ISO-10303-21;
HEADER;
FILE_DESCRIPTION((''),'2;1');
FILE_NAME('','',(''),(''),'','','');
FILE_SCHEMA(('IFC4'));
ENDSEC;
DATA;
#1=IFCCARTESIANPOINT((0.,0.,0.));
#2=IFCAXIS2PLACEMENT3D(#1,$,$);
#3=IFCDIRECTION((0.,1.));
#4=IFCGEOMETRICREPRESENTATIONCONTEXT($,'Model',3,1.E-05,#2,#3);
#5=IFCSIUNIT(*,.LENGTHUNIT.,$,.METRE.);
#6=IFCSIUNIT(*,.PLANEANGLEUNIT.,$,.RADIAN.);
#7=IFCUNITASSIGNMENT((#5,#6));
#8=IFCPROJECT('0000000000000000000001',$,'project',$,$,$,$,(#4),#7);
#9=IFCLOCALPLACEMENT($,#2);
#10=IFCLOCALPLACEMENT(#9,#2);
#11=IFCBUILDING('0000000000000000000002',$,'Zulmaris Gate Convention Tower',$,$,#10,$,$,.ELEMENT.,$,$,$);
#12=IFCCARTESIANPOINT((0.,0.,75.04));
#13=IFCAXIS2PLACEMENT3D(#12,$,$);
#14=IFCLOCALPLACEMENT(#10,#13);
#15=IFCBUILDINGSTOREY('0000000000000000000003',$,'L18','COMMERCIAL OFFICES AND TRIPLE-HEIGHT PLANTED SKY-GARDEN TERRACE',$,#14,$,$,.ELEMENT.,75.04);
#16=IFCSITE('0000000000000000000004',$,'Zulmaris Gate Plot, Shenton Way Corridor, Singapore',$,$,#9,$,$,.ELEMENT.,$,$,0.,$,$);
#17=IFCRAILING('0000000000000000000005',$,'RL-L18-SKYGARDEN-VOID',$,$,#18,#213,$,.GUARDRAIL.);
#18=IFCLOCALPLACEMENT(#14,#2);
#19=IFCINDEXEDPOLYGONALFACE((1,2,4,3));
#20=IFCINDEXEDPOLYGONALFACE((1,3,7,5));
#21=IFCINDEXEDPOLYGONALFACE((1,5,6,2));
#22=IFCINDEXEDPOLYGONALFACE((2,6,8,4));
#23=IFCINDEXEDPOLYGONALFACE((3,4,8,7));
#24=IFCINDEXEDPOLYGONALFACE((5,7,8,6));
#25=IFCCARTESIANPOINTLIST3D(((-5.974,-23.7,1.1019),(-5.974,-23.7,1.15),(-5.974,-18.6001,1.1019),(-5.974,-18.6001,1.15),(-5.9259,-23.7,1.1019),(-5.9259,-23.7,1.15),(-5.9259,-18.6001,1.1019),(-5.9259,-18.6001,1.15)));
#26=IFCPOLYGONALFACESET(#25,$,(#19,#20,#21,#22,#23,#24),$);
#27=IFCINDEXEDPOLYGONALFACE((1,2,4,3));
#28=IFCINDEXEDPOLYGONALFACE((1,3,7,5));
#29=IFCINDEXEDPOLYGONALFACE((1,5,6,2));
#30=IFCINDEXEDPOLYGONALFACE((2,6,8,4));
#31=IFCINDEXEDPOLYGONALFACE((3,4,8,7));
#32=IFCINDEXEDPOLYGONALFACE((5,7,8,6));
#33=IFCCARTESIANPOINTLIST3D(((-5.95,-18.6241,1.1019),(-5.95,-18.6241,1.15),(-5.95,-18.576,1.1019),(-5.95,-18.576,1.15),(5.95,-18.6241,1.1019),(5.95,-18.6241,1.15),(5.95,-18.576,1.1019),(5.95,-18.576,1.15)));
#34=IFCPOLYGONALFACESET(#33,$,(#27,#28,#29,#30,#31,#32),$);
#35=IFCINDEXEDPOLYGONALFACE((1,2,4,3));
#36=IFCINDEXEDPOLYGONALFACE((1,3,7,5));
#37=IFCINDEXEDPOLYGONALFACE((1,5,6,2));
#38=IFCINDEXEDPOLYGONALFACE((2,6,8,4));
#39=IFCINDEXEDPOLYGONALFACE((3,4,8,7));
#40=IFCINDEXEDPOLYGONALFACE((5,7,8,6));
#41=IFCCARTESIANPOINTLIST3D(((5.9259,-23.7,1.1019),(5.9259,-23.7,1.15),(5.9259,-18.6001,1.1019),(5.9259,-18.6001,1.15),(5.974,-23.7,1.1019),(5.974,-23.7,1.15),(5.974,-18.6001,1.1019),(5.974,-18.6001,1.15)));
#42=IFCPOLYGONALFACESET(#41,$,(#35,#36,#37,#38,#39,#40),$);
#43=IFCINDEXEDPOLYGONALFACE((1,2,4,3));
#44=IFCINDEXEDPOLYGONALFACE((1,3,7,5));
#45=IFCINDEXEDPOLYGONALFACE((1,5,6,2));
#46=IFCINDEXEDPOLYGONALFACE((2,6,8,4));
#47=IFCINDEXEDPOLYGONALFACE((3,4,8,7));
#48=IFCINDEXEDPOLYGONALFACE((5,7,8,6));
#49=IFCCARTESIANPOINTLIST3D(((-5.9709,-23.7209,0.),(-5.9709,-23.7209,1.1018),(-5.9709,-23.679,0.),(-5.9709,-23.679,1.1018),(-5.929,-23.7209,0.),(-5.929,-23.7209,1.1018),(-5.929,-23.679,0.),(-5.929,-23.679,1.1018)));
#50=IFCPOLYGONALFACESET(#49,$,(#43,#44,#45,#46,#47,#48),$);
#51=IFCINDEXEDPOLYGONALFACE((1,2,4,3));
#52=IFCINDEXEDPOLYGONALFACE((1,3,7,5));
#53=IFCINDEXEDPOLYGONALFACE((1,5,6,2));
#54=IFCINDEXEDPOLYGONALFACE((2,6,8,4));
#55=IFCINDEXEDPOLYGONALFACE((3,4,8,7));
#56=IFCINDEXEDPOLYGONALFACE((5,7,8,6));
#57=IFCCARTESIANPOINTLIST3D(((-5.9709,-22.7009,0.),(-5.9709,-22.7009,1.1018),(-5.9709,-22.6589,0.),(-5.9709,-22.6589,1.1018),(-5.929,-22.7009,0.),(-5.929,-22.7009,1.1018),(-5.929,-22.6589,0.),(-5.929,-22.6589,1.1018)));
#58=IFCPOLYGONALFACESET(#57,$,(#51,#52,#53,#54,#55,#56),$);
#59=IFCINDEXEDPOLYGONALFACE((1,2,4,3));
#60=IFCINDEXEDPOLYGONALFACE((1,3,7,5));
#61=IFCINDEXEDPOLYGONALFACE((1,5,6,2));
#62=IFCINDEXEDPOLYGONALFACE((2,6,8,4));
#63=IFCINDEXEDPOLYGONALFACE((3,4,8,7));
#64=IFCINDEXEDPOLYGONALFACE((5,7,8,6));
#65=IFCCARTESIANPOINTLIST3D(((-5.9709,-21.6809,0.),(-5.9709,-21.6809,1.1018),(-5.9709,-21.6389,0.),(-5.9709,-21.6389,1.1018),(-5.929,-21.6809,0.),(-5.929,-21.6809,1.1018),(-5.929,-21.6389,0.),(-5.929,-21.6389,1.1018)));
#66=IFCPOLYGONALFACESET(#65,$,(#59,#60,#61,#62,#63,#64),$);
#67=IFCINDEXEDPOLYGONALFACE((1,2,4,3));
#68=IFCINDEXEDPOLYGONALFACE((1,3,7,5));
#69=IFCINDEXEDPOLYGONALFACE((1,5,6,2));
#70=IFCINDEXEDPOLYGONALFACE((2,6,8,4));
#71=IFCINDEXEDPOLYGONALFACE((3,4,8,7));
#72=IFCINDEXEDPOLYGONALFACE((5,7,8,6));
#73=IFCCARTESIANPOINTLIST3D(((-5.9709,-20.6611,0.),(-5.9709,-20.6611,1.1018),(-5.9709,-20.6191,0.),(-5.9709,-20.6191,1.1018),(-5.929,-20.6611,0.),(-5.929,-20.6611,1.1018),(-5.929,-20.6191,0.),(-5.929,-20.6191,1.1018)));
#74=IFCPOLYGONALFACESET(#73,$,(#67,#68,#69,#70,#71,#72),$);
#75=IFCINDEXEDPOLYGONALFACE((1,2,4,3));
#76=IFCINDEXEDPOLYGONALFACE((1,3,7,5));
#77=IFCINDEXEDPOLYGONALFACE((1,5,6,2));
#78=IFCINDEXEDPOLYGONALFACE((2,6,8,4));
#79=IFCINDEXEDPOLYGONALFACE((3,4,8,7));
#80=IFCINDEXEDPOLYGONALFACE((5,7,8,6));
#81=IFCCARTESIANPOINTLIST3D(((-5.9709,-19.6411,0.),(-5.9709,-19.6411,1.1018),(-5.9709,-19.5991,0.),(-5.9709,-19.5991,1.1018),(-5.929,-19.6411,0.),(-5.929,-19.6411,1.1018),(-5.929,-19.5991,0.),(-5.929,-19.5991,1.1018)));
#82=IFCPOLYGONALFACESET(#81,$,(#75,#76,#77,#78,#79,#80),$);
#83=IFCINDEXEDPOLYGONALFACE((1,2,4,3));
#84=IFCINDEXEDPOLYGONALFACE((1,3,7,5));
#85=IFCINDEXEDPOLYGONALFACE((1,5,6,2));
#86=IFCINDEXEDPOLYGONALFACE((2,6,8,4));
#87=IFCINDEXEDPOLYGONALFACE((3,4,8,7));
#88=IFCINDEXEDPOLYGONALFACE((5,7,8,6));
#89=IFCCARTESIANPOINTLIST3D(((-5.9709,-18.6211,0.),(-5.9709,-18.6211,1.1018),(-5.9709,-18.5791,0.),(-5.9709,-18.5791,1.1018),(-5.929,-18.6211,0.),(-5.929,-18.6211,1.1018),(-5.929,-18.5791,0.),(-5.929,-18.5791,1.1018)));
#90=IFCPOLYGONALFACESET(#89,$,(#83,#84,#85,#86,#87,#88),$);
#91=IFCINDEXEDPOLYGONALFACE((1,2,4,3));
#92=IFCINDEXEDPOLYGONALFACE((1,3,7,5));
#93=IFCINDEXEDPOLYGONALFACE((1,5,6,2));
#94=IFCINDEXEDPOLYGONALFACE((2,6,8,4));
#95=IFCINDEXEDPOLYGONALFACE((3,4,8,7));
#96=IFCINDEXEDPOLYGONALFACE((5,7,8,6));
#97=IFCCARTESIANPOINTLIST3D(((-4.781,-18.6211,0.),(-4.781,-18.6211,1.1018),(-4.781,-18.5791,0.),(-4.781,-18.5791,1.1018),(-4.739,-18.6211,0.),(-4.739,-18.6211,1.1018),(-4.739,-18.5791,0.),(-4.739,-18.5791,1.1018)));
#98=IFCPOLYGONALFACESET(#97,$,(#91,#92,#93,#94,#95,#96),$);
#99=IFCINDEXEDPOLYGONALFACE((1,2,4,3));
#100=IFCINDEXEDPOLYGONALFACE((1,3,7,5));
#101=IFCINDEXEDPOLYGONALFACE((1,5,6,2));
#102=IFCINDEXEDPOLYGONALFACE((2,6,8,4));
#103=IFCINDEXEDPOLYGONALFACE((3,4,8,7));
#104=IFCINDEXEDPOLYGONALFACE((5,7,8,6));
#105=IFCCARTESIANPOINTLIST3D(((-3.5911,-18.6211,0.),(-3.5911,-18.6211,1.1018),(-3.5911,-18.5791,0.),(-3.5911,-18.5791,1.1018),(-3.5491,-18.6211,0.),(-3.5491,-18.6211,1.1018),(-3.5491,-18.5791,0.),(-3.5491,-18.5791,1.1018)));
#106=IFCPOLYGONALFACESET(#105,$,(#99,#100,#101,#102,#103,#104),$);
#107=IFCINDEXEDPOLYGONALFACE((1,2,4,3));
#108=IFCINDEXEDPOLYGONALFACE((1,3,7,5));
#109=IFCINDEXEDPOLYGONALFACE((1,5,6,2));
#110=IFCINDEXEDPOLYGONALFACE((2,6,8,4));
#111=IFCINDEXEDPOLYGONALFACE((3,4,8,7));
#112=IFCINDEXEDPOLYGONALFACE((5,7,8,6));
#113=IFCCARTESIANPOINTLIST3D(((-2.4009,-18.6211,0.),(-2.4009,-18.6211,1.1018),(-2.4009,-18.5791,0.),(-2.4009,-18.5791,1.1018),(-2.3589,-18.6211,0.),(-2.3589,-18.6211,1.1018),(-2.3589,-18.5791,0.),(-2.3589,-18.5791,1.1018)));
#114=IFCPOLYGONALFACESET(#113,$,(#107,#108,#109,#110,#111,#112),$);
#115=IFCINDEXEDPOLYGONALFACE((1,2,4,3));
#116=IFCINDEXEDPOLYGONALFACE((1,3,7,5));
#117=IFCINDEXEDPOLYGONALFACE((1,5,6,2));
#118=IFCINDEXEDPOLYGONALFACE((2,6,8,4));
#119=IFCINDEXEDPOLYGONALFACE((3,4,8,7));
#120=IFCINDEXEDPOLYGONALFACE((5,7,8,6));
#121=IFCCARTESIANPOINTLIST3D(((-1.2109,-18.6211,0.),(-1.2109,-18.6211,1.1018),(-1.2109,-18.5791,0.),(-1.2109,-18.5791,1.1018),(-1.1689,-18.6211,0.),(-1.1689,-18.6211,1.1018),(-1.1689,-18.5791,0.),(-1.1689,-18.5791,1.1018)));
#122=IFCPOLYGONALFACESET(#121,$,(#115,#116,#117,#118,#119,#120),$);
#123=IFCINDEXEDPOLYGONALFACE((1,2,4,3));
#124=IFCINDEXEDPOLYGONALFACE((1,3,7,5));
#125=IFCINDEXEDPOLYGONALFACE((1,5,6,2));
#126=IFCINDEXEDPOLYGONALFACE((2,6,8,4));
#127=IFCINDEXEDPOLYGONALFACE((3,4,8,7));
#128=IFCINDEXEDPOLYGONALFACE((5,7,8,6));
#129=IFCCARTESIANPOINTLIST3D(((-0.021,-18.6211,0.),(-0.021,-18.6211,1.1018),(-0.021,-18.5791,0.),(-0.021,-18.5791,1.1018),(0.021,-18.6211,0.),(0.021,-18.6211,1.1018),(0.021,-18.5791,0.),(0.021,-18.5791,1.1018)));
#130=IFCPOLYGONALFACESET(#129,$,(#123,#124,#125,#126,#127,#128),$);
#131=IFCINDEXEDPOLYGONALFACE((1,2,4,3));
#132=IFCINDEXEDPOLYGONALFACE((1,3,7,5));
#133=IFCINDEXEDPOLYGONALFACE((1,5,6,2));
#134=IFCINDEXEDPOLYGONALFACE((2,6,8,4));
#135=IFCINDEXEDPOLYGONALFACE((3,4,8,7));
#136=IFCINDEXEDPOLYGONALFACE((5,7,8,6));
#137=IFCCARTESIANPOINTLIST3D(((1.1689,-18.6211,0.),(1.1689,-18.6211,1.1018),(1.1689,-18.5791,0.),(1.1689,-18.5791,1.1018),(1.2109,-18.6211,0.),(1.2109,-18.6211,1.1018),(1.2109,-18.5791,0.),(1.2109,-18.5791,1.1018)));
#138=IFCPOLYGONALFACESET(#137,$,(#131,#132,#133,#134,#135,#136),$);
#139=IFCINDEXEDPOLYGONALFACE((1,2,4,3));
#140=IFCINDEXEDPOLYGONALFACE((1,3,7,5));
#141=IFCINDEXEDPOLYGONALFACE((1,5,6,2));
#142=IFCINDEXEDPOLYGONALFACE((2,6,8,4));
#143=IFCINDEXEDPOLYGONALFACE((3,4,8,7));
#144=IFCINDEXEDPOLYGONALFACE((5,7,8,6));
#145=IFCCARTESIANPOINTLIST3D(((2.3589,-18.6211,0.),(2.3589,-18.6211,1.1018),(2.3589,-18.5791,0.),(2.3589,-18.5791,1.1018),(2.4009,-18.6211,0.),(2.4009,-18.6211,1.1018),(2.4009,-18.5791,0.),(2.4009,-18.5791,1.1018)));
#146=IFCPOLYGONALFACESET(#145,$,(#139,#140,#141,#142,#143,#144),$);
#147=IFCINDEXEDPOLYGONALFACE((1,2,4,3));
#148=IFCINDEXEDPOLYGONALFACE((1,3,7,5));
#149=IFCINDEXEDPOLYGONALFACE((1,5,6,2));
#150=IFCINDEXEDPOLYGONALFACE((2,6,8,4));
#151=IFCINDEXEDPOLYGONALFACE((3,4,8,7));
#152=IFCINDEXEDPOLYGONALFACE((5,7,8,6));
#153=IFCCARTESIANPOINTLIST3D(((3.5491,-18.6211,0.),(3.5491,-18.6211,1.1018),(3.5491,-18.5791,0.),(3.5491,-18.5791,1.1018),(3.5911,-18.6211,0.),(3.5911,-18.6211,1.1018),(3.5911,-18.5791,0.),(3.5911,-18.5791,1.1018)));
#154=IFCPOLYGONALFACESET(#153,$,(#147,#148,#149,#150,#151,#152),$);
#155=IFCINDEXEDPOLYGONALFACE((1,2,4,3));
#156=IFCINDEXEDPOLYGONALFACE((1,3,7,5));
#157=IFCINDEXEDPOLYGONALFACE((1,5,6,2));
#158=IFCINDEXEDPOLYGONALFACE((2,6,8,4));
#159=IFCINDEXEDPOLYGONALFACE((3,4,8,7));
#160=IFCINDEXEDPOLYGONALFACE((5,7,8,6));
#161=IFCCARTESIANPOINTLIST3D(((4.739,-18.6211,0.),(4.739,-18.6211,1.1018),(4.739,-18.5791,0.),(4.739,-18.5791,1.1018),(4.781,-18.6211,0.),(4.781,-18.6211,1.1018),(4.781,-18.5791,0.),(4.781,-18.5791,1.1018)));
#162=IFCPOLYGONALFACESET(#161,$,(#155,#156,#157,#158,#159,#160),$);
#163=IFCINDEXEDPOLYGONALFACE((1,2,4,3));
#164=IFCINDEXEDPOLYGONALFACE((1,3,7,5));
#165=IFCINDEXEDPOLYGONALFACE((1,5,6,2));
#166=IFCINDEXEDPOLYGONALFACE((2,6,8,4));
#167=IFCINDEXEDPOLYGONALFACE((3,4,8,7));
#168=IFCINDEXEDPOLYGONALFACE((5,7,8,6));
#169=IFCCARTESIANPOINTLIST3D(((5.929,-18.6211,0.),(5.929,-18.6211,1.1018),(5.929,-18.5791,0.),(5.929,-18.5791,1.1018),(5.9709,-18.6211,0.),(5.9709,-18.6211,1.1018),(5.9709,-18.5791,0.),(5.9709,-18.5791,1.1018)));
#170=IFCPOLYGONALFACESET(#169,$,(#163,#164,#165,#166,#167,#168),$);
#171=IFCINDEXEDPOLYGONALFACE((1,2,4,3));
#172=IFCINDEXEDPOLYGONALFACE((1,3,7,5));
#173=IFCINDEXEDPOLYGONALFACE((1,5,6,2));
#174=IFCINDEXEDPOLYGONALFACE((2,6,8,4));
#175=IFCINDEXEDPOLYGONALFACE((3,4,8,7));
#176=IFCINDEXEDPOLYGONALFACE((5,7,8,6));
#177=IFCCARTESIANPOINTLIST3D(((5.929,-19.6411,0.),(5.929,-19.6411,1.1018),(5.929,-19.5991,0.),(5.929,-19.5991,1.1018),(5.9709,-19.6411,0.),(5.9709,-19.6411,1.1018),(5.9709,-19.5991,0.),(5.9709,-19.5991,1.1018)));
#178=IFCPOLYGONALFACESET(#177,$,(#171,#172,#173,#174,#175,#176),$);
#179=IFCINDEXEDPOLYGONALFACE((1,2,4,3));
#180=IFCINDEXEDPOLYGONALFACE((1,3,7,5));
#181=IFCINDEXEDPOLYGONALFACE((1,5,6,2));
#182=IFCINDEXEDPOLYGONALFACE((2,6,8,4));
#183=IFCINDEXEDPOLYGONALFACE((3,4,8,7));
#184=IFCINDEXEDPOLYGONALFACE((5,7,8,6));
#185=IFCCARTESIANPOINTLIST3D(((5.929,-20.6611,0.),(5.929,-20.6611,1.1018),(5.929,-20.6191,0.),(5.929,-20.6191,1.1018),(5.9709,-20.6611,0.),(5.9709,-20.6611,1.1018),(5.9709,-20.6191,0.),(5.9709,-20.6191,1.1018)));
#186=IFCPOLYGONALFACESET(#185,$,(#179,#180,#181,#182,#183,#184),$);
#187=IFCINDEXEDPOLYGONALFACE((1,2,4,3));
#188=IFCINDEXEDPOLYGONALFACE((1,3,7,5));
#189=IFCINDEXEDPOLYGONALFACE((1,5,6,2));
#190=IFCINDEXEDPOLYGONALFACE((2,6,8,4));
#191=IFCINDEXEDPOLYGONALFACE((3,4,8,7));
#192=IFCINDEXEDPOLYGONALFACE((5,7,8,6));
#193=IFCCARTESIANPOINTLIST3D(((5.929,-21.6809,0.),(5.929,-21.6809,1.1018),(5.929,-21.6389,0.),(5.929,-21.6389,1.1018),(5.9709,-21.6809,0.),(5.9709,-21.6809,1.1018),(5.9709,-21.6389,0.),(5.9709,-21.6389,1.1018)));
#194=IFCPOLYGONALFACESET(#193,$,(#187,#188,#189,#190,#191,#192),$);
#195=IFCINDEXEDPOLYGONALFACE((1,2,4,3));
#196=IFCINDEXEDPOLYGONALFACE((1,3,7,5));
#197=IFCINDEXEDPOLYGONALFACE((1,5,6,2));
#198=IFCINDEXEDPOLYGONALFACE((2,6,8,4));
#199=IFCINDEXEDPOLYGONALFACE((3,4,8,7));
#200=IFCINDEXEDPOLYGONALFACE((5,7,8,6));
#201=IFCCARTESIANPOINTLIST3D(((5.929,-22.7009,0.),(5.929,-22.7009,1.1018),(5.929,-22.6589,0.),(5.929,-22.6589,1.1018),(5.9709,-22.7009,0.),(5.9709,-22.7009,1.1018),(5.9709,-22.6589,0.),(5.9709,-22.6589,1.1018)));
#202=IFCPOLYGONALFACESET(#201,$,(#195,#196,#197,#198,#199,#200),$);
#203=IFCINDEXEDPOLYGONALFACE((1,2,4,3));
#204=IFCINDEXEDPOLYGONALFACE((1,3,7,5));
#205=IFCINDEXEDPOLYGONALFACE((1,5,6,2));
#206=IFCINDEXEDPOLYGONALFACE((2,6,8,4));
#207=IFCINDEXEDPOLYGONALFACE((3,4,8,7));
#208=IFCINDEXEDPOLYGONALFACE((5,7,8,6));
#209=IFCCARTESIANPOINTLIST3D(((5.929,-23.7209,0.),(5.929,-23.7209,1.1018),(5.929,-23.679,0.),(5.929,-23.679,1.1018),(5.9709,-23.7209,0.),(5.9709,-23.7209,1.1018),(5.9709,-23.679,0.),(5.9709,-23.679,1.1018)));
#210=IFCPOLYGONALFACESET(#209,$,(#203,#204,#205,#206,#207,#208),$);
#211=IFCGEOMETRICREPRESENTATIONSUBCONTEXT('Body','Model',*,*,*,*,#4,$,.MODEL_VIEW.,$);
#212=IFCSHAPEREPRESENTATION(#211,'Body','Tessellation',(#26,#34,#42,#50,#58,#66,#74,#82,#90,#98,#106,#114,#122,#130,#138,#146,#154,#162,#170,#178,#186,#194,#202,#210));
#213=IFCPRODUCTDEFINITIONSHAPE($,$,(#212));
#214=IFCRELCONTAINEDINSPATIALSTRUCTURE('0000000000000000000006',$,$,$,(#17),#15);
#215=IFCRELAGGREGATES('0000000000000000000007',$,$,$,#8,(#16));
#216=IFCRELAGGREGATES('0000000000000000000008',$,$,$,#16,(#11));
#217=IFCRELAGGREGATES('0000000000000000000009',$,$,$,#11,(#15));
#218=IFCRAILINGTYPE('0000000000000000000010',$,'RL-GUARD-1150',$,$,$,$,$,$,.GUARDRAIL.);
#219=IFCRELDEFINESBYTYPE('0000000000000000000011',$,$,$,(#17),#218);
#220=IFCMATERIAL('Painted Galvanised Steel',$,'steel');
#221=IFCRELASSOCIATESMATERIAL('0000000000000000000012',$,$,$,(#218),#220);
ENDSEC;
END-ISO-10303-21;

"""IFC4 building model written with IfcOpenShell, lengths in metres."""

from ifc_helpers import new_model, si_unit, direction, frame, origin, origin_2d, place, context, subcontext, project, spatial, rectangle, extrude, material, type_object, element, save


model = new_model("IFC4")

# Units and contexts
model_context = context("Model", 3, precision=1e-05, world=origin(), true_north=direction((0.0, 1.0)))
body_context = subcontext(model_context, "Body", "Model", "MODEL_VIEW")
ifc_project = project(units=[si_unit("LENGTHUNIT", "METRE"), si_unit("PLANEANGLEUNIT", "RADIAN")], contexts=[model_context])

# Site, building, storey
site_placement = place(None, origin())
site = spatial("IfcSite", under=ifc_project, at=site_placement, Name="Zulmaris Gate Plot, Shenton Way Corridor, Singapore", CompositionType="ELEMENT", RefElevation=0.0)
building_placement = place(site_placement, origin())
building = spatial("IfcBuilding", under=site, at=building_placement, Name="Zulmaris Gate Convention Tower", CompositionType="ELEMENT")
storey_placement = place(building_placement, frame((0.0, 0.0, 75.04)))
storey = spatial("IfcBuildingStorey", under=building, at=storey_placement, Name="L18", Description="COMMERCIAL OFFICES AND TRIPLE-HEIGHT PLANTED SKY-GARDEN TERRACE", CompositionType="ELEMENT", Elevation=75.04)

# Railing
ifc_material_1 = material(Name="Painted Galvanised Steel", Category="steel")
railing_type = type_object("IfcRailingType", Name="RL-GUARD-1150", PredefinedType="GUARDRAIL", material=ifc_material_1)
railing_placement = place(storey_placement, frame((-5.95, -23.7, 0.0)))
element("IfcRailing", 1, at=railing_placement, inside=storey, type_object=railing_type, Name="RL-L18-SKYGARDEN-VOID", PredefinedType="GUARDRAIL", context=body_context, shape_type="SweptSolid", body=[
    extrude(rectangle(XDim=0.0481, YDim=0.0481, at=origin_2d()), frame((0.0, 0.0, 1.126), z_axis=(0.0, 1.0, 0.0), x_axis=(-1.0, 0.0, 0.0)), (0.0, 0.0, 1.0), 5.0999),
    extrude(rectangle(XDim=0.0481, YDim=0.0481, at=origin_2d()), frame((0.0, 5.0999, 1.126), z_axis=(1.0, 0.0, 0.0), x_axis=(0.0, 1.0, 0.0)), (0.0, 0.0, 1.0), 11.8999),
    extrude(rectangle(XDim=0.0481, YDim=0.0481, at=origin_2d()), frame((11.8999, 5.0999, 1.126), z_axis=(0.0, -1.0, 0.0), x_axis=(1.0, 0.0, 0.0)), (0.0, 0.0, 1.0), 5.0999),
    extrude(rectangle(XDim=0.042, YDim=0.042, at=origin_2d()), origin(), (0.0, 0.0, 1.0), 1.1018),
    extrude(rectangle(XDim=0.042, YDim=0.042, at=origin_2d()), frame((0.0, 1.02, 0.0)), (0.0, 0.0, 1.0), 1.1018),
    extrude(rectangle(XDim=0.042, YDim=0.042, at=origin_2d()), frame((0.0, 2.04, 0.0)), (0.0, 0.0, 1.0), 1.1018),
    extrude(rectangle(XDim=0.042, YDim=0.042, at=origin_2d()), frame((0.0, 3.0598, 0.0)), (0.0, 0.0, 1.0), 1.1018),
    extrude(rectangle(XDim=0.042, YDim=0.042, at=origin_2d()), frame((0.0, 4.0798, 0.0)), (0.0, 0.0, 1.0), 1.1018),
    extrude(rectangle(XDim=0.042, YDim=0.042, at=origin_2d()), frame((0.0, 5.0999, 0.0)), (0.0, 0.0, 1.0), 1.1018),
    extrude(rectangle(XDim=0.042, YDim=0.042, at=origin_2d()), frame((1.1899, 5.0999, 0.0)), (0.0, 0.0, 1.0), 1.1018),
    extrude(rectangle(XDim=0.042, YDim=0.042, at=origin_2d()), frame((2.3799, 5.0999, 0.0)), (0.0, 0.0, 1.0), 1.1018),
    extrude(rectangle(XDim=0.042, YDim=0.042, at=origin_2d()), frame((3.5701, 5.0999, 0.0)), (0.0, 0.0, 1.0), 1.1018),
    extrude(rectangle(XDim=0.042, YDim=0.042, at=origin_2d()), frame((4.76, 5.0999, 0.0)), (0.0, 0.0, 1.0), 1.1018),
    extrude(rectangle(XDim=0.042, YDim=0.042, at=origin_2d()), frame((5.95, 5.0999, 0.0)), (0.0, 0.0, 1.0), 1.1018),
    extrude(rectangle(XDim=0.042, YDim=0.042, at=origin_2d()), frame((7.1399, 5.0999, 0.0)), (0.0, 0.0, 1.0), 1.1018),
    extrude(rectangle(XDim=0.042, YDim=0.042, at=origin_2d()), frame((8.3298, 5.0999, 0.0)), (0.0, 0.0, 1.0), 1.1018),
    extrude(rectangle(XDim=0.042, YDim=0.042, at=origin_2d()), frame((9.52, 5.0999, 0.0)), (0.0, 0.0, 1.0), 1.1018),
    extrude(rectangle(XDim=0.042, YDim=0.042, at=origin_2d()), frame((10.71, 5.0999, 0.0)), (0.0, 0.0, 1.0), 1.1018),
    extrude(rectangle(XDim=0.042, YDim=0.042, at=origin_2d()), frame((11.8999, 5.0999, 0.0)), (0.0, 0.0, 1.0), 1.1018),
    extrude(rectangle(XDim=0.042, YDim=0.042, at=origin_2d()), frame((11.8999, 4.0798, 0.0)), (0.0, 0.0, 1.0), 1.1018),
    extrude(rectangle(XDim=0.042, YDim=0.042, at=origin_2d()), frame((11.8999, 3.0598, 0.0)), (0.0, 0.0, 1.0), 1.1018),
    extrude(rectangle(XDim=0.042, YDim=0.042, at=origin_2d()), frame((11.8999, 2.04, 0.0)), (0.0, 0.0, 1.0), 1.1018),
    extrude(rectangle(XDim=0.042, YDim=0.042, at=origin_2d()), frame((11.8999, 1.02, 0.0)), (0.0, 0.0, 1.0), 1.1018),
    extrude(rectangle(XDim=0.042, YDim=0.042, at=origin_2d()), frame((11.8999, 0.0, 0.0)), (0.0, 0.0, 1.0), 1.1018),
])

save(model, "model.ifc")
